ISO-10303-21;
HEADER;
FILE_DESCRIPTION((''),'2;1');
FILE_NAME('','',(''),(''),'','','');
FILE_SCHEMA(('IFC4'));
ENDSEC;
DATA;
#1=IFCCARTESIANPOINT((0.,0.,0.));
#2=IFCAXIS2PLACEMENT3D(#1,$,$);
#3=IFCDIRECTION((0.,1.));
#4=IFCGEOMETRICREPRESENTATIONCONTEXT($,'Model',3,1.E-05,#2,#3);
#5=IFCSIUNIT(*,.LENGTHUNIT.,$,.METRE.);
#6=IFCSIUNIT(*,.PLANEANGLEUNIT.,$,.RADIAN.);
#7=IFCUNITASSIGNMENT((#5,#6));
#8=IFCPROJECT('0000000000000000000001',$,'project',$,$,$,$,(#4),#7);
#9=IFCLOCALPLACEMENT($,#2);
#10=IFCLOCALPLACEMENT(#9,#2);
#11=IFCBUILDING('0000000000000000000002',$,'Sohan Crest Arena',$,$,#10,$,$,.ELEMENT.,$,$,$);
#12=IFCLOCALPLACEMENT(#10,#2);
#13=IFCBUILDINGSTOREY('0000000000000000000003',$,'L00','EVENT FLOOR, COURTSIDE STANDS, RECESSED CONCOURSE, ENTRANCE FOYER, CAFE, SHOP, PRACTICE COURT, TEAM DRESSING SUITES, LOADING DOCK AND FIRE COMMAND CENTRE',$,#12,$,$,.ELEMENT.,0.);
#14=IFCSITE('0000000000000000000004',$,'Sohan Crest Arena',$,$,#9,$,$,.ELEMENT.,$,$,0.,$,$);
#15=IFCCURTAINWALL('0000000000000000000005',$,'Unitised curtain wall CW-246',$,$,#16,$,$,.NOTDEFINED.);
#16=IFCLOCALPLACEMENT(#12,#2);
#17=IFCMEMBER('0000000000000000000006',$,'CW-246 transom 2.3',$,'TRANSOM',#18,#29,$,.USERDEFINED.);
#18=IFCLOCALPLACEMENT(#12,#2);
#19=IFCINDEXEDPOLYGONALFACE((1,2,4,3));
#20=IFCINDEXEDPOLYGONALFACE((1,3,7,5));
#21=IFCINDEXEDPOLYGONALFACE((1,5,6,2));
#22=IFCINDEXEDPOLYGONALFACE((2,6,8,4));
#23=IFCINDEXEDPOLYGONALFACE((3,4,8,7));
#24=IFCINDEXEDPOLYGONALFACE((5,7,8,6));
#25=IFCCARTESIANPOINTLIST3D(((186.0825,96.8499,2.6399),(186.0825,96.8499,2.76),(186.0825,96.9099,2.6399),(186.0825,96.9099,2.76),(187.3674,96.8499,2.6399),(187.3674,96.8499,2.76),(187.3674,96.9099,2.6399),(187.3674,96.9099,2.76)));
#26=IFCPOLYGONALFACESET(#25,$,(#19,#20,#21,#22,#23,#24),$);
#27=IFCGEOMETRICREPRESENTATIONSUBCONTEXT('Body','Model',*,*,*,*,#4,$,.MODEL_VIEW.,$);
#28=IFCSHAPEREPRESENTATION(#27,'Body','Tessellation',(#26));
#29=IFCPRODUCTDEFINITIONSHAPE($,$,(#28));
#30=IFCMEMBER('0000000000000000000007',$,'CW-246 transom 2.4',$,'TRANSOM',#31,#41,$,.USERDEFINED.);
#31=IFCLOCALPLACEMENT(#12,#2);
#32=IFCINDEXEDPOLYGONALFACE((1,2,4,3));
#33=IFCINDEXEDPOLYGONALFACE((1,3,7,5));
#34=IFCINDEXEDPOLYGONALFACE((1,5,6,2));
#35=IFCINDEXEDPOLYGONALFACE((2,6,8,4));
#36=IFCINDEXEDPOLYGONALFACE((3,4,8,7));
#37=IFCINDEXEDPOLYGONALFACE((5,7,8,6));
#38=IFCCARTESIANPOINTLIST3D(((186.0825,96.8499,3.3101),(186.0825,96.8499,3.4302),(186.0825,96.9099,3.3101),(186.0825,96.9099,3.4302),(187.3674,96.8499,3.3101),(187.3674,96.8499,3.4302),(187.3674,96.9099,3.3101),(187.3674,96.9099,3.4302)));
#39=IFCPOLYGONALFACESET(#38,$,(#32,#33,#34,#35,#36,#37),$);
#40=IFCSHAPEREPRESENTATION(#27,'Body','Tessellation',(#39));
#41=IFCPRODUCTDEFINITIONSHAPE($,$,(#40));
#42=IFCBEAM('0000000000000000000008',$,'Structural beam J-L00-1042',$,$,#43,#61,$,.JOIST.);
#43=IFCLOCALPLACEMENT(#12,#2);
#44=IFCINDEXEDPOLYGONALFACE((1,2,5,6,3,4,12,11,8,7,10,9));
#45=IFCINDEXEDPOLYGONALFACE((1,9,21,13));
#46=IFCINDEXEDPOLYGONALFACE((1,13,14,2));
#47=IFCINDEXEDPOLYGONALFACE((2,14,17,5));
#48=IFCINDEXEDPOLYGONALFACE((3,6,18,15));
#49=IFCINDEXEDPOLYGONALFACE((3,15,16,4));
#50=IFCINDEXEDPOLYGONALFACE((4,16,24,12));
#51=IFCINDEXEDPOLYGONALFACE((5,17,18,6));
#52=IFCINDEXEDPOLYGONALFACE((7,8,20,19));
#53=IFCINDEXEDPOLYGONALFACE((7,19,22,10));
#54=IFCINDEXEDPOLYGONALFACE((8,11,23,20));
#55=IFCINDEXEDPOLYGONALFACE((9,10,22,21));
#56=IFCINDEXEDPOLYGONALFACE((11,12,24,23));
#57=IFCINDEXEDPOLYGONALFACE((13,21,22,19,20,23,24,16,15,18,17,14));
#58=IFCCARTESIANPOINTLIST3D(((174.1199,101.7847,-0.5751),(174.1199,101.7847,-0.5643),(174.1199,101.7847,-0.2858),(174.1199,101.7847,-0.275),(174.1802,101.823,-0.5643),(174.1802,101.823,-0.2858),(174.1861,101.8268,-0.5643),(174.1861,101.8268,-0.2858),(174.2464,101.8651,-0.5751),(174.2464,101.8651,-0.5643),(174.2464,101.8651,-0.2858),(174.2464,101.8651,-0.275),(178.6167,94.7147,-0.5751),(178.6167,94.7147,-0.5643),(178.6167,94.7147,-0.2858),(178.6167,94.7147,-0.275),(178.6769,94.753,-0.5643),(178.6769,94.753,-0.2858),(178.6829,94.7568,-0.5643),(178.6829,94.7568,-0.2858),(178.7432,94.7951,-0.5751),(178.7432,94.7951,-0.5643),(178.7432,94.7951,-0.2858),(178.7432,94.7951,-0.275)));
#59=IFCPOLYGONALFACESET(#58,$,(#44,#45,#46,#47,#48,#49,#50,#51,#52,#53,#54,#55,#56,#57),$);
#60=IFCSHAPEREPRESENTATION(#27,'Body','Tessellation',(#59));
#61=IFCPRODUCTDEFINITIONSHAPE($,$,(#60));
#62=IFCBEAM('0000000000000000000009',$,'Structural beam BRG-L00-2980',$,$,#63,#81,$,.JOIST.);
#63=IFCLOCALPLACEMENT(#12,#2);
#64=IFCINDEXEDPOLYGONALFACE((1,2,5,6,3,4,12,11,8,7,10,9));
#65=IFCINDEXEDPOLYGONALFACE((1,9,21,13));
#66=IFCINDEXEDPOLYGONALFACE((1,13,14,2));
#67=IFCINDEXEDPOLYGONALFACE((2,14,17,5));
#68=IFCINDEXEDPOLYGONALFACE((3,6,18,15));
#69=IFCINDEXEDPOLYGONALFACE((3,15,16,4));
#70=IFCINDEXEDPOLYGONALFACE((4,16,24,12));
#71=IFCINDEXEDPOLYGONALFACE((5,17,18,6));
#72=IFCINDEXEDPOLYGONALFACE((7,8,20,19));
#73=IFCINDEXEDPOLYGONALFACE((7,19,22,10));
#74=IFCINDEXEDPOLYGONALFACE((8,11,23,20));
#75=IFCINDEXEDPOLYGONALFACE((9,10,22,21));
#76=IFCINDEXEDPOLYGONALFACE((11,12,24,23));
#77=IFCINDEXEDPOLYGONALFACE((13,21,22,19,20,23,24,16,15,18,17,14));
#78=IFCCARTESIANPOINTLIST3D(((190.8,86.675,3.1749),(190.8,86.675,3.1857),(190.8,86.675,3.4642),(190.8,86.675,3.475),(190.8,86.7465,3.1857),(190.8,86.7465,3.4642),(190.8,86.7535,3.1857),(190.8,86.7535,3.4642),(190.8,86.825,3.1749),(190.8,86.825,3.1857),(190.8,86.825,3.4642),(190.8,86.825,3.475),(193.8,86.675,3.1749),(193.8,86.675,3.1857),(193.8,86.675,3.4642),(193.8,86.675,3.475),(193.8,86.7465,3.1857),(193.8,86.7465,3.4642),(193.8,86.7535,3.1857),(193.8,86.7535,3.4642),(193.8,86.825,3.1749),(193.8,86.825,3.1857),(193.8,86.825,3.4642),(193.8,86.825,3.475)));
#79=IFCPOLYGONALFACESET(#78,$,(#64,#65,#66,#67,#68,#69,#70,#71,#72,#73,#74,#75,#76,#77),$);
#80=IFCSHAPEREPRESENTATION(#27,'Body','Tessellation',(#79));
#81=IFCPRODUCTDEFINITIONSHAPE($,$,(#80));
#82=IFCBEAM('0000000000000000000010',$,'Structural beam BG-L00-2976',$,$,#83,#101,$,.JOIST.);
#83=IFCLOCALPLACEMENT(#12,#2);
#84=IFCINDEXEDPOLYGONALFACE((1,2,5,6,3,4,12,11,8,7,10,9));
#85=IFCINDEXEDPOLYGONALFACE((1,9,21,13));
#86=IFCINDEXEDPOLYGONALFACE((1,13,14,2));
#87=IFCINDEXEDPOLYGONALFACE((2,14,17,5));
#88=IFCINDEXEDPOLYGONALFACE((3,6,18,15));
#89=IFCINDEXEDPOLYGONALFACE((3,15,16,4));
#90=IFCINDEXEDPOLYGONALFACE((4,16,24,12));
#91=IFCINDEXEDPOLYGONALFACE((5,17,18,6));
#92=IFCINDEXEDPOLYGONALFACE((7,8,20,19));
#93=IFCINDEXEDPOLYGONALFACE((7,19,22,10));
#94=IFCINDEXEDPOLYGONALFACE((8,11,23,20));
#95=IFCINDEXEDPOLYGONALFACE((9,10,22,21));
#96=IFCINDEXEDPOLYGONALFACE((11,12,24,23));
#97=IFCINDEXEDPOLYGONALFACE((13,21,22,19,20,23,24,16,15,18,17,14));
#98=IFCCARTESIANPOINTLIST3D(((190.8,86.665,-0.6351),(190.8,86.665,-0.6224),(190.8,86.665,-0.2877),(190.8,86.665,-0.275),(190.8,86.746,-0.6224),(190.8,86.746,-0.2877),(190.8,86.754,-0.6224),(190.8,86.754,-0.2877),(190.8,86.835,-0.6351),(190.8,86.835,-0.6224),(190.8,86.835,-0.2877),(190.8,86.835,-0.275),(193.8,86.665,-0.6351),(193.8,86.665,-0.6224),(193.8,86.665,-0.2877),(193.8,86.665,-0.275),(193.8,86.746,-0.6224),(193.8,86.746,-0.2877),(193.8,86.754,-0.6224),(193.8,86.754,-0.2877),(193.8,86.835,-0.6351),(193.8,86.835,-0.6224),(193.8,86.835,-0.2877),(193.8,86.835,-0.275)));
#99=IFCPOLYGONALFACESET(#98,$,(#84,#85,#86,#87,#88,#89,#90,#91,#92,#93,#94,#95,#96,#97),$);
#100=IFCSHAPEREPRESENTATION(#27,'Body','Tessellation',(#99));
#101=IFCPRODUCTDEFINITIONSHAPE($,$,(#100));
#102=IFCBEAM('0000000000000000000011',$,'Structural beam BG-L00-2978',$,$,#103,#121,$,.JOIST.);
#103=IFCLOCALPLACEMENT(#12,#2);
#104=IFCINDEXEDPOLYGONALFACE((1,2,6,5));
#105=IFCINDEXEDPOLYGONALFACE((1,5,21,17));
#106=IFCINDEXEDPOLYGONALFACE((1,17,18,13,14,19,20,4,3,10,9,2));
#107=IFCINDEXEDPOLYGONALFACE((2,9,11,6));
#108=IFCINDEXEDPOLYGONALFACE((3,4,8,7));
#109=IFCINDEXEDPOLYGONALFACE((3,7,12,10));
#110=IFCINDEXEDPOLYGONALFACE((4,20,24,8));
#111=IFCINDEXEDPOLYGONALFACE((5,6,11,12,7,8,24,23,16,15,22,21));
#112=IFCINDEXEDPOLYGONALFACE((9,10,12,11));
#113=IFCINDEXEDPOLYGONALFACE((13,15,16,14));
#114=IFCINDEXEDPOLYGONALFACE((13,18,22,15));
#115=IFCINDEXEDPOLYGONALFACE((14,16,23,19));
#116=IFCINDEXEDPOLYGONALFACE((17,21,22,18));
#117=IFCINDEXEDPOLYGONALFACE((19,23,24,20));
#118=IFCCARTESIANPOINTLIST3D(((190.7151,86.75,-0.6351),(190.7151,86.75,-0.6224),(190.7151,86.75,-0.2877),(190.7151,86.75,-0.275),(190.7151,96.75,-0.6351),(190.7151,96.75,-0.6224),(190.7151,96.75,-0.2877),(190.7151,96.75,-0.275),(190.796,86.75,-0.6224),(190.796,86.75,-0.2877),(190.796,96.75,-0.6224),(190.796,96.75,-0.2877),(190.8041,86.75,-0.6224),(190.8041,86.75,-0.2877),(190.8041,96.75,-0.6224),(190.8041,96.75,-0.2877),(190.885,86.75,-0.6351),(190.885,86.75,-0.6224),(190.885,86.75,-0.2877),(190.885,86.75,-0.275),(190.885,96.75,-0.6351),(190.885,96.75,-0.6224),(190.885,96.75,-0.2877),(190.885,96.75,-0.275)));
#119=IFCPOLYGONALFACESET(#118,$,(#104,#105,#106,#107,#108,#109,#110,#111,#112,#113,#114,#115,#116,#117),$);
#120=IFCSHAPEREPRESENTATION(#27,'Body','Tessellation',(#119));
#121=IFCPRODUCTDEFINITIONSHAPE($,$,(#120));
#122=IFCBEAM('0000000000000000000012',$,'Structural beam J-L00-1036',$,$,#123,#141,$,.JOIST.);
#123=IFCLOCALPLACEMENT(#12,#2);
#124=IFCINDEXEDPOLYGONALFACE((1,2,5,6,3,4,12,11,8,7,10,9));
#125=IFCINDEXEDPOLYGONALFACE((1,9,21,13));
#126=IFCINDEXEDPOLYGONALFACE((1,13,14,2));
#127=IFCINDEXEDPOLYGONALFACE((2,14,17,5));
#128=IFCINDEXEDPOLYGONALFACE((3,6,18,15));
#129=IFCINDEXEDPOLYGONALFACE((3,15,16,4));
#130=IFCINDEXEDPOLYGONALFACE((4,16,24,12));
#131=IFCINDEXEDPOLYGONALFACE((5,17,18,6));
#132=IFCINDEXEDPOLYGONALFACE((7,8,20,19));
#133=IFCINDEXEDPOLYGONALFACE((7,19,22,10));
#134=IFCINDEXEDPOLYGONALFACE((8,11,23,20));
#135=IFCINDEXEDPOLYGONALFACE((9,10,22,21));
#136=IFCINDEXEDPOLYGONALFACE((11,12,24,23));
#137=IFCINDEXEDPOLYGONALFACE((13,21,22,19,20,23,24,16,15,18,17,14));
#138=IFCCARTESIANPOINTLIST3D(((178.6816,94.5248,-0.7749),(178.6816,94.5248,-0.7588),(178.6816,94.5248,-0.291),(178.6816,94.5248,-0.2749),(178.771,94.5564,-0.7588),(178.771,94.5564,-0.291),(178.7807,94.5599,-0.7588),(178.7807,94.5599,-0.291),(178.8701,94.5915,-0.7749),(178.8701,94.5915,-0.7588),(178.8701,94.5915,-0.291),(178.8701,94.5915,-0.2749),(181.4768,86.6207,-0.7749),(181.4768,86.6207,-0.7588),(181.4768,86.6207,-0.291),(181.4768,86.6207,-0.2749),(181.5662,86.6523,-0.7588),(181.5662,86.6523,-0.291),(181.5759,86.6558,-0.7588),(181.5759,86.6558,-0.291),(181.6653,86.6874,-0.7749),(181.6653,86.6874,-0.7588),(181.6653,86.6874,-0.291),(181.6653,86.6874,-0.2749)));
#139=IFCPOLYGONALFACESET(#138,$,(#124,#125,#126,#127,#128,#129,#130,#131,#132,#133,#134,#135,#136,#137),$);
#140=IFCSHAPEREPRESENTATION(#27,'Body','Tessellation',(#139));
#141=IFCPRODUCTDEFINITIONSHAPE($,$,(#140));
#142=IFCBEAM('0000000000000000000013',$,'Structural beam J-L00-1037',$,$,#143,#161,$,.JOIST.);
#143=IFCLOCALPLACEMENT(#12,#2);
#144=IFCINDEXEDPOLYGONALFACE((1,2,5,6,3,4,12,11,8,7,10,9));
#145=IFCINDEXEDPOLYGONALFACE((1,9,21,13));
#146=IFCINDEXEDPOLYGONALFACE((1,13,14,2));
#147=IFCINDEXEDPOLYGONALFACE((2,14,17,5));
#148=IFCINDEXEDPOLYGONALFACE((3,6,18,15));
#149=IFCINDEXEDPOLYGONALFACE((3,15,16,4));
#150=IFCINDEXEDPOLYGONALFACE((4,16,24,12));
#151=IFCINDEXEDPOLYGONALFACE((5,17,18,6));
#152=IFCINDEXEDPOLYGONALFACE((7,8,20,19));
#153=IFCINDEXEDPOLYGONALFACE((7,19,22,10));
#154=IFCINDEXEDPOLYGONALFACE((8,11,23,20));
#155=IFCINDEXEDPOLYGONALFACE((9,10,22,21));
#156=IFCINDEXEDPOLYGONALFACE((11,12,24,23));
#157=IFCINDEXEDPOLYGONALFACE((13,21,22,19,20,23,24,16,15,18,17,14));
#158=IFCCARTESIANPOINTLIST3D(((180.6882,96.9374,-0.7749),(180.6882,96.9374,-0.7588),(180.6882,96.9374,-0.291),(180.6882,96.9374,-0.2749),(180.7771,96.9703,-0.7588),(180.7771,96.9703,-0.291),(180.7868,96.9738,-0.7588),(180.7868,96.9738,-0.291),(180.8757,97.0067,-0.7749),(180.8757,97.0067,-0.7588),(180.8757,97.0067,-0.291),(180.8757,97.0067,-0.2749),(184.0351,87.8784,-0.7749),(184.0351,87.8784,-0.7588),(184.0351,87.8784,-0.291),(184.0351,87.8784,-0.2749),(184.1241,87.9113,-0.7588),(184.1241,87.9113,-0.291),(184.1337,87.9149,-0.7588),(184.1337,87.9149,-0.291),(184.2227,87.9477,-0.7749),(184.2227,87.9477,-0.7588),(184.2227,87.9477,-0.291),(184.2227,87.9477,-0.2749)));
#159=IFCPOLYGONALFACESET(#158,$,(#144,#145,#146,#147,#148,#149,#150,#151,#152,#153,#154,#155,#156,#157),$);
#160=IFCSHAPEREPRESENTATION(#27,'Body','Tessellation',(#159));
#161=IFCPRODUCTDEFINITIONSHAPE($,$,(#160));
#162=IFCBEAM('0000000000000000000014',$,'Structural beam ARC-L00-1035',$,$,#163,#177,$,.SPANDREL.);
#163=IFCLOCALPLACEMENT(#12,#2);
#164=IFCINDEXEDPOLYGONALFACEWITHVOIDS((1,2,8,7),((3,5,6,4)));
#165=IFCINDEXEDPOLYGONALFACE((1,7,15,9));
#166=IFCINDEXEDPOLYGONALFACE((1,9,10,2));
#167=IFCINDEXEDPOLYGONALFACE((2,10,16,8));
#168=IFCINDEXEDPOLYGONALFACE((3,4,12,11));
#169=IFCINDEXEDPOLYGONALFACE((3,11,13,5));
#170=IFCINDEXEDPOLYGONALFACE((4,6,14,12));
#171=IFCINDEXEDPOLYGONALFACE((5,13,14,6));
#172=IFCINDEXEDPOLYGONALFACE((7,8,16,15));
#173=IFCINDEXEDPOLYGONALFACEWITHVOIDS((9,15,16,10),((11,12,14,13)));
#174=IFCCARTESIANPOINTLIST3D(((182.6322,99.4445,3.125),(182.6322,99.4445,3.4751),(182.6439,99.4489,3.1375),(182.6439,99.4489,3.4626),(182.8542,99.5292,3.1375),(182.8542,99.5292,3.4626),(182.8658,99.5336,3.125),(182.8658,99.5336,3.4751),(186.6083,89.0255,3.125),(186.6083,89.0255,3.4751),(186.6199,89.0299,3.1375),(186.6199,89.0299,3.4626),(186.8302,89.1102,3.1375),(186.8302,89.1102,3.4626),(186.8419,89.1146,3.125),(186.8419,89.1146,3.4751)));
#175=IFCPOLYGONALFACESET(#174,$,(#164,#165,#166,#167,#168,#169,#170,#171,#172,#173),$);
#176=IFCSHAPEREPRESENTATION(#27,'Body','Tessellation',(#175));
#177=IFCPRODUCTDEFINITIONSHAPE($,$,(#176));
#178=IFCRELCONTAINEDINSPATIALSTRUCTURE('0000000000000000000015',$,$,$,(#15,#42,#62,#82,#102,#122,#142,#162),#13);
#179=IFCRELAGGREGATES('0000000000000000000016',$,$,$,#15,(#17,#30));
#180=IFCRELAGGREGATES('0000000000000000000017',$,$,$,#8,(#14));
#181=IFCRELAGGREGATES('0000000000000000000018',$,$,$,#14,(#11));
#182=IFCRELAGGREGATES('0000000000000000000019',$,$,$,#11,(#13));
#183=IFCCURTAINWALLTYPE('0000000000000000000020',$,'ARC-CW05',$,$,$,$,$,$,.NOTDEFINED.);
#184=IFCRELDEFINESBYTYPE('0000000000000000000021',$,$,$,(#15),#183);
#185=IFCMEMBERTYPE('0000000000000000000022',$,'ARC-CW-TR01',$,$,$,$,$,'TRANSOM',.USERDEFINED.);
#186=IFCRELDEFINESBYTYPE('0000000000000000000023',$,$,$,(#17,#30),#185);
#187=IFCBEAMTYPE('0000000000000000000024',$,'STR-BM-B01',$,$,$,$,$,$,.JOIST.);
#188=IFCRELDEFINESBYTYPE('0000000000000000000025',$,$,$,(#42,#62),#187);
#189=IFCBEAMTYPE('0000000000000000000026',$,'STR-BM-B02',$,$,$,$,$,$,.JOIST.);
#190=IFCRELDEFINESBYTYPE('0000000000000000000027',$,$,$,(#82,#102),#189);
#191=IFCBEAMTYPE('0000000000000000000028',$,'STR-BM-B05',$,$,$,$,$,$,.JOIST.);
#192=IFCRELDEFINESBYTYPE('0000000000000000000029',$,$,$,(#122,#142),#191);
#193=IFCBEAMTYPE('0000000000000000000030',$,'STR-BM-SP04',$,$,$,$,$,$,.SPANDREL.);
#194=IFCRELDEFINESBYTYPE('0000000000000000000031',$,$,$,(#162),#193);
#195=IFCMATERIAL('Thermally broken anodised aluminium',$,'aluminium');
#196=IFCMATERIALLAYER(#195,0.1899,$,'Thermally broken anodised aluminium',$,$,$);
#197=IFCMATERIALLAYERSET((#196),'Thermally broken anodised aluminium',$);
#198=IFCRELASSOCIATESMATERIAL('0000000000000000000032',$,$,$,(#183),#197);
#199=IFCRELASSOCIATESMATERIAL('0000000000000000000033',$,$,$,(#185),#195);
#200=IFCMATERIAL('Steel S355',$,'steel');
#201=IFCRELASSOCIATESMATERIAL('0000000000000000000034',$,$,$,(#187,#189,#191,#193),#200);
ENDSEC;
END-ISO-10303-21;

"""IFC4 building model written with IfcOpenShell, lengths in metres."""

from ifc_helpers import new_model, si_unit, direction, frame, origin, origin_2d, place, context, subcontext, project, spatial, rectangle, hollow_rectangle, i_section, extrude, material, layer, layer_set, material_profile, profile_set, type_object, element, aggregate, save


model = new_model("IFC4")

# Units and contexts
model_context = context("Model", 3, precision=1e-05, world=origin(), true_north=direction((0.0, 1.0)))
body_context = subcontext(model_context, "Body", "Model", "MODEL_VIEW")
ifc_project = project(units=[si_unit("LENGTHUNIT", "METRE"), si_unit("PLANEANGLEUNIT", "RADIAN")], contexts=[model_context])

# Site, building, storey
site_placement = place(None, origin())
site = spatial("IfcSite", under=ifc_project, at=site_placement, Name="Sohan Crest Arena", CompositionType="ELEMENT", RefElevation=0.0)
building_placement = place(site_placement, origin())
building = spatial("IfcBuilding", under=site, at=building_placement, Name="Sohan Crest Arena", CompositionType="ELEMENT")
storey_placement = place(building_placement, origin())
storey = spatial("IfcBuildingStorey", under=building, at=storey_placement, Name="L00", Description="EVENT FLOOR, COURTSIDE STANDS, RECESSED CONCOURSE, ENTRANCE FOYER, CAFE, SHOP, PRACTICE COURT, TEAM DRESSING SUITES, LOADING DOCK AND FIRE COMMAND CENTRE", CompositionType="ELEMENT", Elevation=0.0)

# Shared definitions
ifc_material_1 = material(Name="Steel S355", Category="steel")

# Curtain wall
ifc_material_2 = material(Name="Thermally broken anodised aluminium", Category="aluminium")
ifc_layer_1 = layer(ifc_material_2, 0.1899, Name="Thermally broken anodised aluminium")
ifc_layer_set_1 = layer_set([ifc_layer_1], Name="Thermally broken anodised aluminium")
curtain_wall_type = type_object("IfcCurtainWallType", Name="ARC-CW05", PredefinedType="NOTDEFINED", material=ifc_layer_set_1)
curtain_wall_1_placement = place(storey_placement, origin())
curtain_wall_1 = element("IfcCurtainWall", 1, at=curtain_wall_1_placement, inside=storey, type_object=curtain_wall_type, Name="Unitised curtain wall CW-246", PredefinedType="NOTDEFINED")

# Shared definitions
ifc_material_profile_1 = material_profile(ifc_material_2, rectangle(XDim=0.0601, YDim=0.1201, at=origin_2d()), Name="ALU-TRAN 60x120")
ifc_profile_set_1 = profile_set([ifc_material_profile_1], Name="Thermally broken anodised aluminium")
member_type_1 = type_object("IfcMemberType", Name="ARC-CW-TR01", ElementType="TRANSOM", PredefinedType="USERDEFINED", material=ifc_profile_set_1)

# Members
member_1_placement = place(storey_placement, frame((186.0825, 96.8799, 2.7), z_axis=(1.0, 0.0, 0.0), x_axis=(0.0, 1.0, 0.0)))
member_1 = element("IfcMember", 2, at=member_1_placement, type_object=member_type_1, Name="CW-246 transom 2.3", ObjectType="TRANSOM", PredefinedType="USERDEFINED", context=body_context, shape_type="SweptSolid", body=[
    extrude(rectangle(XDim=0.0601, YDim=0.1201, at=origin_2d()), origin(), (0.0, 0.0, 1.0), 1.2849),
])
member_2_placement = place(storey_placement, frame((186.0825, 96.8799, 3.3701), z_axis=(1.0, 0.0, 0.0), x_axis=(0.0, 1.0, 0.0)))
member_2 = element("IfcMember", 3, at=member_2_placement, type_object=member_type_1, Name="CW-246 transom 2.4", ObjectType="TRANSOM", PredefinedType="USERDEFINED", context=body_context, shape_type="SweptSolid", body=[
    extrude(rectangle(XDim=0.0601, YDim=0.1201, at=origin_2d()), origin(), (0.0, 0.0, 1.0), 1.2849),
])

# Beams
ifc_material_profile_2 = material_profile(ifc_material_1, i_section(OverallWidth=0.1499, OverallDepth=0.3, WebThickness=0.0071, FlangeThickness=0.0107, at=origin_2d()), Name="IPE 300")
ifc_profile_set_2 = profile_set([ifc_material_profile_2], Name="Steel S355")
beam_type_1 = type_object("IfcBeamType", Name="STR-BM-B01", PredefinedType="JOIST", material=ifc_profile_set_2)
beam_1_placement = place(storey_placement, frame((178.6799, 94.7549, -0.425), z_axis=(-0.536679, 0.843786, 0.0), x_axis=(-0.843786, -0.536679, 0.0)))
element("IfcBeam", 4, at=beam_1_placement, inside=storey, type_object=beam_type_1, Name="Structural beam J-L00-1042", PredefinedType="JOIST", context=body_context, shape_type="SweptSolid", body=[
    extrude(i_section(OverallWidth=0.1499, OverallDepth=0.3, WebThickness=0.0071, FlangeThickness=0.0107, at=origin_2d()), origin(), (0.0, 0.0, 1.0), 8.3789),
])
beam_2_placement = place(storey_placement, frame((190.8, 86.75, 3.325), z_axis=(1.0, 0.0, 0.0), x_axis=(0.0, 1.0, 0.0)))
element("IfcBeam", 5, at=beam_2_placement, inside=storey, type_object=beam_type_1, Name="Structural beam BRG-L00-2980", PredefinedType="JOIST", context=body_context, shape_type="SweptSolid", body=[
    extrude(i_section(OverallWidth=0.1499, OverallDepth=0.3, WebThickness=0.0071, FlangeThickness=0.0107, at=origin_2d()), origin(), (0.0, 0.0, 1.0), 3.0),
])
ifc_material_profile_3 = material_profile(ifc_material_1, i_section(OverallWidth=0.1699, OverallDepth=0.3601, WebThickness=0.0081, FlangeThickness=0.0127, at=origin_2d()), Name="IPE 360")
ifc_profile_set_3 = profile_set([ifc_material_profile_3], Name="Steel S355")
beam_type_2 = type_object("IfcBeamType", Name="STR-BM-B02", PredefinedType="JOIST", material=ifc_profile_set_3)
beam_3_placement = place(storey_placement, frame((190.8, 86.75, -0.4551), z_axis=(1.0, 0.0, 0.0), x_axis=(0.0, 1.0, 0.0)))
element("IfcBeam", 6, at=beam_3_placement, inside=storey, type_object=beam_type_2, Name="Structural beam BG-L00-2976", PredefinedType="JOIST", context=body_context, shape_type="SweptSolid", body=[
    extrude(i_section(OverallWidth=0.1699, OverallDepth=0.3601, WebThickness=0.0081, FlangeThickness=0.0127, at=origin_2d()), origin(), (0.0, 0.0, 1.0), 3.0),
])
beam_4_placement = place(storey_placement, frame((190.8, 86.75, -0.4551), z_axis=(0.0, 1.0, 0.0), x_axis=(-1.0, 0.0, 0.0)))
element("IfcBeam", 7, at=beam_4_placement, inside=storey, type_object=beam_type_2, Name="Structural beam BG-L00-2978", PredefinedType="JOIST", context=body_context, shape_type="SweptSolid", body=[
    extrude(i_section(OverallWidth=0.1699, OverallDepth=0.3601, WebThickness=0.0081, FlangeThickness=0.0127, at=origin_2d()), origin(), (0.0, 0.0, 1.0), 10.0),
])
ifc_material_profile_4 = material_profile(ifc_material_1, i_section(OverallWidth=0.2, OverallDepth=0.5, WebThickness=0.0103, FlangeThickness=0.0161, at=origin_2d()), Name="IPE 500")
ifc_profile_set_4 = profile_set([ifc_material_profile_4], Name="Steel S355")
beam_type_3 = type_object("IfcBeamType", Name="STR-BM-B05", PredefinedType="JOIST", material=ifc_profile_set_4)
beam_5_placement = place(storey_placement, frame((181.571, 86.6541, -0.5249), z_axis=(-0.333403, 0.942784, 0.0), x_axis=(-0.942784, -0.333403, 0.0)))
element("IfcBeam", 8, at=beam_5_placement, inside=storey, type_object=beam_type_3, Name="Structural beam J-L00-1036", PredefinedType="JOIST", context=body_context, shape_type="SweptSolid", body=[
    extrude(i_section(OverallWidth=0.2, OverallDepth=0.5, WebThickness=0.0103, FlangeThickness=0.0161, at=origin_2d()), origin(), (0.0, 0.0, 1.0), 8.3838),
])
beam_6_placement = place(storey_placement, frame((184.1289, 87.9131, -0.5249), z_axis=(-0.346567, 0.938025, 0.0), x_axis=(-0.938025, -0.346567, 0.0)))
element("IfcBeam", 9, at=beam_6_placement, inside=storey, type_object=beam_type_3, Name="Structural beam J-L00-1037", PredefinedType="JOIST", context=body_context, shape_type="SweptSolid", body=[
    extrude(i_section(OverallWidth=0.2, OverallDepth=0.5, WebThickness=0.0103, FlangeThickness=0.0161, at=origin_2d()), origin(), (0.0, 0.0, 1.0), 9.6575),
])
ifc_material_profile_5 = material_profile(ifc_material_1, hollow_rectangle(XDim=0.25, YDim=0.3501, WallThickness=0.0125, at=origin_2d()), Name="RHS 350x250x12.5")
ifc_profile_set_5 = profile_set([ifc_material_profile_5], Name="Steel S355")
beam_type_4 = type_object("IfcBeamType", Name="STR-BM-SP04", PredefinedType="SPANDREL", material=ifc_profile_set_5)
beam_7_placement = place(storey_placement, frame((186.7251, 89.0701, 3.3), z_axis=(-0.35654, 0.93428, 0.0), x_axis=(-0.93428, -0.35654, 0.0)))
element("IfcBeam", 10, at=beam_7_placement, inside=storey, type_object=beam_type_4, Name="Structural beam ARC-L00-1035", PredefinedType="SPANDREL", context=body_context, shape_type="SweptSolid", body=[
    extrude(hollow_rectangle(XDim=0.25, YDim=0.3501, WallThickness=0.0125, at=origin_2d()), origin(), (0.0, 0.0, 1.0), 11.1519),
])

aggregate(curtain_wall_1, [member_1, member_2])

save(model, "model.ifc")
